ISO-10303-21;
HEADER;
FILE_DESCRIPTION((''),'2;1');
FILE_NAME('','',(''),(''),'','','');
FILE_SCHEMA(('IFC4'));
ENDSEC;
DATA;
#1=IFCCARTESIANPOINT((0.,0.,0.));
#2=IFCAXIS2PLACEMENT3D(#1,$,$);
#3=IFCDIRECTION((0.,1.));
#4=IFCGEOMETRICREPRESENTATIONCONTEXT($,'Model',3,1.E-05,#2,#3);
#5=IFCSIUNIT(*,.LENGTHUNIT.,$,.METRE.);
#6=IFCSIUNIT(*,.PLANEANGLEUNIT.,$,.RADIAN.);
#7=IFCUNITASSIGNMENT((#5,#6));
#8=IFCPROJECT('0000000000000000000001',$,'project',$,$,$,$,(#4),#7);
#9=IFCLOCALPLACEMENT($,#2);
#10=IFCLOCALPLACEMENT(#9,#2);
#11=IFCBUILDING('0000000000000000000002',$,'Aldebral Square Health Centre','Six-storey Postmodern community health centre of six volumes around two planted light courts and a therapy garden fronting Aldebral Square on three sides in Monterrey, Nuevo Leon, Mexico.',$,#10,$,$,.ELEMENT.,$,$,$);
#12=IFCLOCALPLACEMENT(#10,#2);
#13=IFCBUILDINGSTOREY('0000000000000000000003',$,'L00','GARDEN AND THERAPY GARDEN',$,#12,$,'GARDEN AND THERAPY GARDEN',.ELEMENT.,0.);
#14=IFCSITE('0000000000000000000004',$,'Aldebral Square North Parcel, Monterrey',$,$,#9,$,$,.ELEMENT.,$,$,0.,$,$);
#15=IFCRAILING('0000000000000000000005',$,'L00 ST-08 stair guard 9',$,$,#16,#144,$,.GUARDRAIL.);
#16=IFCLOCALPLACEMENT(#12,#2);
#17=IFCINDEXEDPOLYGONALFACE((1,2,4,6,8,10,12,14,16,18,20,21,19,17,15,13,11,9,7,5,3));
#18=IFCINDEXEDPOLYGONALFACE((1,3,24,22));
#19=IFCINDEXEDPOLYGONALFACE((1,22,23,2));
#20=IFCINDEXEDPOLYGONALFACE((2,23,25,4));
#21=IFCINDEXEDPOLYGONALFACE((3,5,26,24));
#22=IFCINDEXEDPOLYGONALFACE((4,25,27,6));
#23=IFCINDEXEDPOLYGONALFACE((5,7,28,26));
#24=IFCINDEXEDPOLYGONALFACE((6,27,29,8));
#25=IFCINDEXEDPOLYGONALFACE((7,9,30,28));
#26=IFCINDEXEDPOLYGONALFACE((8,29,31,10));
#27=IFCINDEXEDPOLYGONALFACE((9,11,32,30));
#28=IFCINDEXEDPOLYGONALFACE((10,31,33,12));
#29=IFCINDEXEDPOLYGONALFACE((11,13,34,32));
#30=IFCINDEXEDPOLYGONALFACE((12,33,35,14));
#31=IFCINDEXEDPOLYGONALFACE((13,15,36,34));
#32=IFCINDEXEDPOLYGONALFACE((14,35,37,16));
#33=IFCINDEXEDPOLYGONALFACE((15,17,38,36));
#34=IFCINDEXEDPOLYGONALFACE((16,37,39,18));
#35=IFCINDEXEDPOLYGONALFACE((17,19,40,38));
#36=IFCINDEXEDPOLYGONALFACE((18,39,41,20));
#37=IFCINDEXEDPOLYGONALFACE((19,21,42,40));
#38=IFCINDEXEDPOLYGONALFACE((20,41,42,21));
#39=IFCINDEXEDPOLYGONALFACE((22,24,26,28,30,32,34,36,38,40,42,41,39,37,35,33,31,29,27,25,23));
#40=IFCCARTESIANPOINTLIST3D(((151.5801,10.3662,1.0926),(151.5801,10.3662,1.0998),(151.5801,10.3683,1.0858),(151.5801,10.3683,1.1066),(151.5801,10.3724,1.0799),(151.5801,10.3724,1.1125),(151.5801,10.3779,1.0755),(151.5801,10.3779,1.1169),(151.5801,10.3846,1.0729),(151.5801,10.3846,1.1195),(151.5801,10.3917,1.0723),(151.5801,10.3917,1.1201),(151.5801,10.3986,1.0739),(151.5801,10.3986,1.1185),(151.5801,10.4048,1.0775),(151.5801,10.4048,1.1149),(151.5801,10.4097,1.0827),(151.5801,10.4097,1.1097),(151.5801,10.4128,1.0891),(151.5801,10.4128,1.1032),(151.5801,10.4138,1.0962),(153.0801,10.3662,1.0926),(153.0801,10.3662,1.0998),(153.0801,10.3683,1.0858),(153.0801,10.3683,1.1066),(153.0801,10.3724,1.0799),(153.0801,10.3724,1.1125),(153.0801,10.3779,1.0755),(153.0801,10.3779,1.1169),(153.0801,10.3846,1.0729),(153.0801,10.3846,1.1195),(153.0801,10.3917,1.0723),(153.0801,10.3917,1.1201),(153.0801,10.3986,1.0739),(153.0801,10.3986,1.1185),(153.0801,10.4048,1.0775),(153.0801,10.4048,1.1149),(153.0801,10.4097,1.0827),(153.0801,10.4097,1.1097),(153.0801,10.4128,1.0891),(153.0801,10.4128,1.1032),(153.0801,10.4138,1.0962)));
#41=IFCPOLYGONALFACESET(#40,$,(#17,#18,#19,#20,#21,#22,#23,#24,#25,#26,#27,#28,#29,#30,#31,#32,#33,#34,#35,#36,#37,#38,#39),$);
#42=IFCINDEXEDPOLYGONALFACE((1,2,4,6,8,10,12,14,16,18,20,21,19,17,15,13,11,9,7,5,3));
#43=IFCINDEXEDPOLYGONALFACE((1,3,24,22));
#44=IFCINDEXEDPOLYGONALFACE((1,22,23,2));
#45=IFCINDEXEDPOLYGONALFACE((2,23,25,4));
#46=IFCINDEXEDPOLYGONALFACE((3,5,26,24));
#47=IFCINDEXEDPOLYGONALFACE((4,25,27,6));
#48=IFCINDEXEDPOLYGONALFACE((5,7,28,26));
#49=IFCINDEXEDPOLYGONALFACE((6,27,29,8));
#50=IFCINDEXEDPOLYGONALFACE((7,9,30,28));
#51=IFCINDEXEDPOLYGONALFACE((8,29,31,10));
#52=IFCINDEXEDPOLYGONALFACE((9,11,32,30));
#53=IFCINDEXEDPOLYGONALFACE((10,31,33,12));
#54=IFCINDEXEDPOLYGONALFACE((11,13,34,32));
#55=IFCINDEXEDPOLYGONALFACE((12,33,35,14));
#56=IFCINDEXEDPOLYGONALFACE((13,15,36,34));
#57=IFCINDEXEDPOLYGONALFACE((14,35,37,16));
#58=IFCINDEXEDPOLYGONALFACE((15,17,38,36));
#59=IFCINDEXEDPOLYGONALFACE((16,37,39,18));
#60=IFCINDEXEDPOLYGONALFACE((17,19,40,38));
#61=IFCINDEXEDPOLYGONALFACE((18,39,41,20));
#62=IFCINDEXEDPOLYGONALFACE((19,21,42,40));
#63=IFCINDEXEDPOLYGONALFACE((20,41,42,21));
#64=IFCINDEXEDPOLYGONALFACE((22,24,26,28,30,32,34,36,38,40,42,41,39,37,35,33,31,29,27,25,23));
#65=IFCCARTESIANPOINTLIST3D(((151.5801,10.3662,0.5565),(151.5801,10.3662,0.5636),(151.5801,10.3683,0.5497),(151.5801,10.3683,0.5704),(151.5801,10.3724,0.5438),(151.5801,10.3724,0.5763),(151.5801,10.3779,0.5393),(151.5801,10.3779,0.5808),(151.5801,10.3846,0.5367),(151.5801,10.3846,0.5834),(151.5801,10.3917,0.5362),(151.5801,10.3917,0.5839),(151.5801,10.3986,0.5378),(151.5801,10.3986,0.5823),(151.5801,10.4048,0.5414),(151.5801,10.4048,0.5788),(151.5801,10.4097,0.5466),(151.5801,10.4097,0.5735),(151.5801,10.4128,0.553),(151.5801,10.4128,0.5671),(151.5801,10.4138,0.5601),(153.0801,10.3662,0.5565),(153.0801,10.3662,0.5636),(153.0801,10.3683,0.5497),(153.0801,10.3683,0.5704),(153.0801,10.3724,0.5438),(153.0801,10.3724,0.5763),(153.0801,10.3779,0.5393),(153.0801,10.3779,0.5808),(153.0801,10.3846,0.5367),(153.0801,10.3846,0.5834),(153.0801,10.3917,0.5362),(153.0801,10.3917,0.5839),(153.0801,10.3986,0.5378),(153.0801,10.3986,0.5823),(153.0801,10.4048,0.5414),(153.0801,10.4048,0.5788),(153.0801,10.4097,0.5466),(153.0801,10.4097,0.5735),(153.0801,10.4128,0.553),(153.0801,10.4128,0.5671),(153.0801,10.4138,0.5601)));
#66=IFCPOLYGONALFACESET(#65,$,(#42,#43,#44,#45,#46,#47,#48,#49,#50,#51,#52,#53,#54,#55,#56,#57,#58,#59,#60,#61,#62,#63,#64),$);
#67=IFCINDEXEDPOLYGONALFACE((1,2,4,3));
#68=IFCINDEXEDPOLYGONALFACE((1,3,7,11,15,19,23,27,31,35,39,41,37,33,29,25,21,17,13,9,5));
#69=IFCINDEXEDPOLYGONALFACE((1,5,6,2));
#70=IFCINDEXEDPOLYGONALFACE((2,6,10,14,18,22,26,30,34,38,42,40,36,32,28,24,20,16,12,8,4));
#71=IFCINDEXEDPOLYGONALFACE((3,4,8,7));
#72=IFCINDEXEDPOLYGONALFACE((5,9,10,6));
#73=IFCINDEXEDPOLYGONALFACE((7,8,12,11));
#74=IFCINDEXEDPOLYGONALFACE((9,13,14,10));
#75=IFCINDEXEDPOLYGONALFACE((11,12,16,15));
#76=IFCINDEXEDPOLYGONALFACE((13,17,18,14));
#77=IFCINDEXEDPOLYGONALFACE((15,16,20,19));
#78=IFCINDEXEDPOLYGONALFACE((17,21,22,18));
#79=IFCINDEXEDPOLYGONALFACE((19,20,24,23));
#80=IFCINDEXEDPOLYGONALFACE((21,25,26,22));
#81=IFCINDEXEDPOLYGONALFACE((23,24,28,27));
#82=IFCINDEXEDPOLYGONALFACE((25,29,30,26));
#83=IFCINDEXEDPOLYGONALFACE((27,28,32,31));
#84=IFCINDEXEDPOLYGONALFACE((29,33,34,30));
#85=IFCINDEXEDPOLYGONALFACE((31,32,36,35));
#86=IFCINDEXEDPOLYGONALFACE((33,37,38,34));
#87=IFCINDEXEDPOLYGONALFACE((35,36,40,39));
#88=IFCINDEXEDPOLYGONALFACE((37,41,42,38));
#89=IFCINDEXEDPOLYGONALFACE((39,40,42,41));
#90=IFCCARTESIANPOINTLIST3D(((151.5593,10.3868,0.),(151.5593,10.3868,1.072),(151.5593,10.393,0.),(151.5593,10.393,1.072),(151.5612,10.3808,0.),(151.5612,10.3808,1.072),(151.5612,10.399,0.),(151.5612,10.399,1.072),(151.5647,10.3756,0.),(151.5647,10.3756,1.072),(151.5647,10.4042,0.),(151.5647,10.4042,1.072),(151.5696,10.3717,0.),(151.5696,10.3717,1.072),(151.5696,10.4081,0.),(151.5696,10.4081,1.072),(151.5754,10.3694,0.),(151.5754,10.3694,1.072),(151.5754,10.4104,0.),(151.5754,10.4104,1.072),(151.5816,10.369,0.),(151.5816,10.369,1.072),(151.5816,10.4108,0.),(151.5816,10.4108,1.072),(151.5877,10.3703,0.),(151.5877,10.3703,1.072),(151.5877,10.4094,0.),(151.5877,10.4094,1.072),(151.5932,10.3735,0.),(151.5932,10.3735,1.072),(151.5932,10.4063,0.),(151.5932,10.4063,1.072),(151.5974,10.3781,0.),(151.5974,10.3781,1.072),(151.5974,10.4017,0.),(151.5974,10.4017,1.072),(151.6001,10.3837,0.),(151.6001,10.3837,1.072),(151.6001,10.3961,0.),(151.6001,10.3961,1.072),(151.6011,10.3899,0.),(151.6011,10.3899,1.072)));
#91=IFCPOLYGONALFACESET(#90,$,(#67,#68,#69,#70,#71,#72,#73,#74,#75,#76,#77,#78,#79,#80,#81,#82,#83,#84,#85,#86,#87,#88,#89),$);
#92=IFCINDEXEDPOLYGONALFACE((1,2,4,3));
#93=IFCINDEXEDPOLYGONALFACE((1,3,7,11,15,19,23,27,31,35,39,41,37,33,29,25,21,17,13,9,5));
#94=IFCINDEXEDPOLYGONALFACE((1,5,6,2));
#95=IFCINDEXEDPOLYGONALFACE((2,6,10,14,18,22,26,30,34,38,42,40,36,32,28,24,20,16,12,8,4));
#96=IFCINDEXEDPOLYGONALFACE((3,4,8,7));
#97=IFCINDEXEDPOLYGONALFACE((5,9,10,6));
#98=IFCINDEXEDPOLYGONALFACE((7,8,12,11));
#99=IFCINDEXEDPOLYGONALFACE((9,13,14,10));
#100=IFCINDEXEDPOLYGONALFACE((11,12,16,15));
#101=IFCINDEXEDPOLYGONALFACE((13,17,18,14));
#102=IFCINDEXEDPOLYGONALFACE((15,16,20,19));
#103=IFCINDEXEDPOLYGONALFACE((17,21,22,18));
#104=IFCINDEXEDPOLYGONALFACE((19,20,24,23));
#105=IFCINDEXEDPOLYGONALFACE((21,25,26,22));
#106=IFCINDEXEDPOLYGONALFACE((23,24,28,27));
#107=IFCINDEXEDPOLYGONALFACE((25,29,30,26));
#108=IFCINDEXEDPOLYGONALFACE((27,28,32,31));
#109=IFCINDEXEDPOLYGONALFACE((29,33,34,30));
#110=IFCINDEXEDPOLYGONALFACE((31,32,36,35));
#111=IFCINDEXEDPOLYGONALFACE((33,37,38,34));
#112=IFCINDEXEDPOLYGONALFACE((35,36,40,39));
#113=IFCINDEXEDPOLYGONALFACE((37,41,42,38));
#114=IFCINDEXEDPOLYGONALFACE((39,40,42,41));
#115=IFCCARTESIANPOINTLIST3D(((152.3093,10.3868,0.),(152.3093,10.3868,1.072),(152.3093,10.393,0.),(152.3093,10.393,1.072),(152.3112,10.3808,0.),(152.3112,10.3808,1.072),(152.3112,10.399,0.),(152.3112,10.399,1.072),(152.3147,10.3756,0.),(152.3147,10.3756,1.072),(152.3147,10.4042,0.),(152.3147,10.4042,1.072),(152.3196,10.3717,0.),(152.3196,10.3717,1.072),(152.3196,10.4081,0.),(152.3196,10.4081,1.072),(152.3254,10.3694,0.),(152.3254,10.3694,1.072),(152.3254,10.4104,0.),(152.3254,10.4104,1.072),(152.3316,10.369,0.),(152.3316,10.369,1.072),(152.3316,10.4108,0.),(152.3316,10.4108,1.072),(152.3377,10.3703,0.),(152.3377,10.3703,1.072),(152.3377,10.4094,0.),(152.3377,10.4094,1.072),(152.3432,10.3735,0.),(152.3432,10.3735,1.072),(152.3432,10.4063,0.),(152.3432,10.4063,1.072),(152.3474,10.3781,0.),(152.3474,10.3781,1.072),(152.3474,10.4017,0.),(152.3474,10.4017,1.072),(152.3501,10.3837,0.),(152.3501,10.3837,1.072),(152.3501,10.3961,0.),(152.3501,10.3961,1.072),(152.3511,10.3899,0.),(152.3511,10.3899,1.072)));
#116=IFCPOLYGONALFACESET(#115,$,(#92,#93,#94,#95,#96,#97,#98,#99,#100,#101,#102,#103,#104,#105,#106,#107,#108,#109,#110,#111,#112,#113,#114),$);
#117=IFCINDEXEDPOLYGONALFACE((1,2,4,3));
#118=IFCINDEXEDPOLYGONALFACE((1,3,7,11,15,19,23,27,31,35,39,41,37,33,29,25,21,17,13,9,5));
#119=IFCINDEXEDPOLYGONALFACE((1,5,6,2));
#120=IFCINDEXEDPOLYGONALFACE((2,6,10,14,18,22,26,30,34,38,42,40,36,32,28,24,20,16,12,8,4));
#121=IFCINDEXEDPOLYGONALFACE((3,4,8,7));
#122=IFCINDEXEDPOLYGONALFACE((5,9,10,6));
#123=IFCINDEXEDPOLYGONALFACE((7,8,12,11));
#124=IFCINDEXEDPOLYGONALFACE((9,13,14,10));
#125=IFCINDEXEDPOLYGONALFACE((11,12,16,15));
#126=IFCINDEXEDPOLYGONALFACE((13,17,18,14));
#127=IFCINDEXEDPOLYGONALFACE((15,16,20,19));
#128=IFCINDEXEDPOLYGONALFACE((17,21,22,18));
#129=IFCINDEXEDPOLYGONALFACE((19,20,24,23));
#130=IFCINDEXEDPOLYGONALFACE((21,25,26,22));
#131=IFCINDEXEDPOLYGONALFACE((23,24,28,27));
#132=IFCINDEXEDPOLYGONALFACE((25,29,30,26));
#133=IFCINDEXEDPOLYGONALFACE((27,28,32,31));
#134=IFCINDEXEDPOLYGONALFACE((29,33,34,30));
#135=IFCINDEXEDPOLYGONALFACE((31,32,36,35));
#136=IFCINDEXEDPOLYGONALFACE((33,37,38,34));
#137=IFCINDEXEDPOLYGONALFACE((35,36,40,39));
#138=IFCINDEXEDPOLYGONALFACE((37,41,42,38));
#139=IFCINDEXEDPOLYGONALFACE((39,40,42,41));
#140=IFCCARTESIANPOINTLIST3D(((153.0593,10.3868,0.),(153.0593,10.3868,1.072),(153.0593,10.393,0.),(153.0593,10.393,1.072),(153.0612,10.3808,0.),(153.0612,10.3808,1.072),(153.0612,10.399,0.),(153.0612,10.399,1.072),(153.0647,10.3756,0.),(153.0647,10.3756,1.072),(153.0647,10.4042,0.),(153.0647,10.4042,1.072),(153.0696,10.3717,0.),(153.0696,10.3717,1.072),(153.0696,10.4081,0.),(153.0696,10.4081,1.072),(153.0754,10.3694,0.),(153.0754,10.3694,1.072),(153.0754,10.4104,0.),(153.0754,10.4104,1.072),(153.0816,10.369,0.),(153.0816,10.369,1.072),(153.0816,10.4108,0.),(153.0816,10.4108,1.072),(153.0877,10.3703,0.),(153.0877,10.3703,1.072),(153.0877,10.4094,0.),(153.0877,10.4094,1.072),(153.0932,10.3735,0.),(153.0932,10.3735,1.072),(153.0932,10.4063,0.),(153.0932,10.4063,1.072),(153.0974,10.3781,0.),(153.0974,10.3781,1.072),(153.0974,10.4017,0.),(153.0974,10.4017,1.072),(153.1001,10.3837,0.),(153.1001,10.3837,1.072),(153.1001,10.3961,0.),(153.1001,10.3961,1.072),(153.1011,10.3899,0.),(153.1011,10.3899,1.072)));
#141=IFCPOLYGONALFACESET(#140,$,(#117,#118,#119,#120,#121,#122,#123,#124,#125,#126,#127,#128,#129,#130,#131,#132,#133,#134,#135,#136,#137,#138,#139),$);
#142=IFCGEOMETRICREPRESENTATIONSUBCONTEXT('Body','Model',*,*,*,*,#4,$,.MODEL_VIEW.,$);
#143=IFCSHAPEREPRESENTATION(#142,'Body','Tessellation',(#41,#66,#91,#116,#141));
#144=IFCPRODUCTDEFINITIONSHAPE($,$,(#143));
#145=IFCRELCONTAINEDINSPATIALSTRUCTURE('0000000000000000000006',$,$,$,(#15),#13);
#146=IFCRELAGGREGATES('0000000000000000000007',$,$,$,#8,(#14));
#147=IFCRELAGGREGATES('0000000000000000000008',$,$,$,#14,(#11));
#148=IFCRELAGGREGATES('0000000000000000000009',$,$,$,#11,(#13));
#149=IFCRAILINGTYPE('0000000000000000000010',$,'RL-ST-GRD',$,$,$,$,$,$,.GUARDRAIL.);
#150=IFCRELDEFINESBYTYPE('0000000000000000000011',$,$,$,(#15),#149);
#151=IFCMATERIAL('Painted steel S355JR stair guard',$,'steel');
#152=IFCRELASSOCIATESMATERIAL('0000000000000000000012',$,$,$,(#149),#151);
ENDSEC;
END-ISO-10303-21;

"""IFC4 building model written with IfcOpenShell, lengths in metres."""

from ifc_helpers import new_model, si_unit, direction, frame, origin, origin_2d, place, context, subcontext, project, spatial, circle, extrude, material, type_object, element, save


model = new_model("IFC4")

# Units and contexts
model_context = context("Model", 3, precision=1e-05, world=origin(), true_north=direction((0.0, 1.0)))
body_context = subcontext(model_context, "Body", "Model", "MODEL_VIEW")
ifc_project = project(units=[si_unit("LENGTHUNIT", "METRE"), si_unit("PLANEANGLEUNIT", "RADIAN")], contexts=[model_context])

# Site, building, storey
site_placement = place(None, origin())
site = spatial("IfcSite", under=ifc_project, at=site_placement, Name="Aldebral Square North Parcel, Monterrey", CompositionType="ELEMENT", RefElevation=0.0)
building_placement = place(site_placement, origin())
building = spatial("IfcBuilding", under=site, at=building_placement, Name="Aldebral Square Health Centre", Description="Six-storey Postmodern community health centre of six volumes around two planted light courts and a therapy garden fronting Aldebral Square on three sides in Monterrey, Nuevo Leon, Mexico.", CompositionType="ELEMENT")
storey_placement = place(building_placement, origin())
storey = spatial("IfcBuildingStorey", under=building, at=storey_placement, Name="L00", Description="GARDEN AND THERAPY GARDEN", LongName="GARDEN AND THERAPY GARDEN", CompositionType="ELEMENT", Elevation=0.0)

# Railing
ifc_material_1 = material(Name="Painted steel S355JR stair guard", Category="steel")
railing_type_1 = type_object("IfcRailingType", Name="RL-ST-GRD", PredefinedType="GUARDRAIL", material=ifc_material_1)
for number, where, name in (
    (1, (151.5801, 10.3899, 0.0), "L00 ST-08 stair guard 9"),
):
    element("IfcRailing", number, at=place(storey_placement, frame(where)), inside=storey, type_object=railing_type_1, Name=name, PredefinedType="GUARDRAIL", context=body_context, shape_type="SweptSolid", body=[
        extrude(circle(Radius=0.0239, at=origin_2d()), frame((0.0, 0.0, 1.0962), z_axis=(1.0, 0.0, 0.0), x_axis=(0.0, 1.0, 0.0)), (0.0, 0.0, 1.0), 1.5),
        extrude(circle(Radius=0.0239, at=origin_2d()), frame((0.0, 0.0, 0.5601), z_axis=(1.0, 0.0, 0.0), x_axis=(0.0, 1.0, 0.0)), (0.0, 0.0, 1.0), 1.5),
        extrude(circle(Radius=0.021, at=origin_2d()), origin(), (0.0, 0.0, 1.0), 1.072),
        extrude(circle(Radius=0.021, at=origin_2d()), frame((0.75, 0.0, 0.0)), (0.0, 0.0, 1.0), 1.072),
        extrude(circle(Radius=0.021, at=origin_2d()), frame((1.5, 0.0, 0.0)), (0.0, 0.0, 1.0), 1.072),
    ])

save(model, "model.ifc")
